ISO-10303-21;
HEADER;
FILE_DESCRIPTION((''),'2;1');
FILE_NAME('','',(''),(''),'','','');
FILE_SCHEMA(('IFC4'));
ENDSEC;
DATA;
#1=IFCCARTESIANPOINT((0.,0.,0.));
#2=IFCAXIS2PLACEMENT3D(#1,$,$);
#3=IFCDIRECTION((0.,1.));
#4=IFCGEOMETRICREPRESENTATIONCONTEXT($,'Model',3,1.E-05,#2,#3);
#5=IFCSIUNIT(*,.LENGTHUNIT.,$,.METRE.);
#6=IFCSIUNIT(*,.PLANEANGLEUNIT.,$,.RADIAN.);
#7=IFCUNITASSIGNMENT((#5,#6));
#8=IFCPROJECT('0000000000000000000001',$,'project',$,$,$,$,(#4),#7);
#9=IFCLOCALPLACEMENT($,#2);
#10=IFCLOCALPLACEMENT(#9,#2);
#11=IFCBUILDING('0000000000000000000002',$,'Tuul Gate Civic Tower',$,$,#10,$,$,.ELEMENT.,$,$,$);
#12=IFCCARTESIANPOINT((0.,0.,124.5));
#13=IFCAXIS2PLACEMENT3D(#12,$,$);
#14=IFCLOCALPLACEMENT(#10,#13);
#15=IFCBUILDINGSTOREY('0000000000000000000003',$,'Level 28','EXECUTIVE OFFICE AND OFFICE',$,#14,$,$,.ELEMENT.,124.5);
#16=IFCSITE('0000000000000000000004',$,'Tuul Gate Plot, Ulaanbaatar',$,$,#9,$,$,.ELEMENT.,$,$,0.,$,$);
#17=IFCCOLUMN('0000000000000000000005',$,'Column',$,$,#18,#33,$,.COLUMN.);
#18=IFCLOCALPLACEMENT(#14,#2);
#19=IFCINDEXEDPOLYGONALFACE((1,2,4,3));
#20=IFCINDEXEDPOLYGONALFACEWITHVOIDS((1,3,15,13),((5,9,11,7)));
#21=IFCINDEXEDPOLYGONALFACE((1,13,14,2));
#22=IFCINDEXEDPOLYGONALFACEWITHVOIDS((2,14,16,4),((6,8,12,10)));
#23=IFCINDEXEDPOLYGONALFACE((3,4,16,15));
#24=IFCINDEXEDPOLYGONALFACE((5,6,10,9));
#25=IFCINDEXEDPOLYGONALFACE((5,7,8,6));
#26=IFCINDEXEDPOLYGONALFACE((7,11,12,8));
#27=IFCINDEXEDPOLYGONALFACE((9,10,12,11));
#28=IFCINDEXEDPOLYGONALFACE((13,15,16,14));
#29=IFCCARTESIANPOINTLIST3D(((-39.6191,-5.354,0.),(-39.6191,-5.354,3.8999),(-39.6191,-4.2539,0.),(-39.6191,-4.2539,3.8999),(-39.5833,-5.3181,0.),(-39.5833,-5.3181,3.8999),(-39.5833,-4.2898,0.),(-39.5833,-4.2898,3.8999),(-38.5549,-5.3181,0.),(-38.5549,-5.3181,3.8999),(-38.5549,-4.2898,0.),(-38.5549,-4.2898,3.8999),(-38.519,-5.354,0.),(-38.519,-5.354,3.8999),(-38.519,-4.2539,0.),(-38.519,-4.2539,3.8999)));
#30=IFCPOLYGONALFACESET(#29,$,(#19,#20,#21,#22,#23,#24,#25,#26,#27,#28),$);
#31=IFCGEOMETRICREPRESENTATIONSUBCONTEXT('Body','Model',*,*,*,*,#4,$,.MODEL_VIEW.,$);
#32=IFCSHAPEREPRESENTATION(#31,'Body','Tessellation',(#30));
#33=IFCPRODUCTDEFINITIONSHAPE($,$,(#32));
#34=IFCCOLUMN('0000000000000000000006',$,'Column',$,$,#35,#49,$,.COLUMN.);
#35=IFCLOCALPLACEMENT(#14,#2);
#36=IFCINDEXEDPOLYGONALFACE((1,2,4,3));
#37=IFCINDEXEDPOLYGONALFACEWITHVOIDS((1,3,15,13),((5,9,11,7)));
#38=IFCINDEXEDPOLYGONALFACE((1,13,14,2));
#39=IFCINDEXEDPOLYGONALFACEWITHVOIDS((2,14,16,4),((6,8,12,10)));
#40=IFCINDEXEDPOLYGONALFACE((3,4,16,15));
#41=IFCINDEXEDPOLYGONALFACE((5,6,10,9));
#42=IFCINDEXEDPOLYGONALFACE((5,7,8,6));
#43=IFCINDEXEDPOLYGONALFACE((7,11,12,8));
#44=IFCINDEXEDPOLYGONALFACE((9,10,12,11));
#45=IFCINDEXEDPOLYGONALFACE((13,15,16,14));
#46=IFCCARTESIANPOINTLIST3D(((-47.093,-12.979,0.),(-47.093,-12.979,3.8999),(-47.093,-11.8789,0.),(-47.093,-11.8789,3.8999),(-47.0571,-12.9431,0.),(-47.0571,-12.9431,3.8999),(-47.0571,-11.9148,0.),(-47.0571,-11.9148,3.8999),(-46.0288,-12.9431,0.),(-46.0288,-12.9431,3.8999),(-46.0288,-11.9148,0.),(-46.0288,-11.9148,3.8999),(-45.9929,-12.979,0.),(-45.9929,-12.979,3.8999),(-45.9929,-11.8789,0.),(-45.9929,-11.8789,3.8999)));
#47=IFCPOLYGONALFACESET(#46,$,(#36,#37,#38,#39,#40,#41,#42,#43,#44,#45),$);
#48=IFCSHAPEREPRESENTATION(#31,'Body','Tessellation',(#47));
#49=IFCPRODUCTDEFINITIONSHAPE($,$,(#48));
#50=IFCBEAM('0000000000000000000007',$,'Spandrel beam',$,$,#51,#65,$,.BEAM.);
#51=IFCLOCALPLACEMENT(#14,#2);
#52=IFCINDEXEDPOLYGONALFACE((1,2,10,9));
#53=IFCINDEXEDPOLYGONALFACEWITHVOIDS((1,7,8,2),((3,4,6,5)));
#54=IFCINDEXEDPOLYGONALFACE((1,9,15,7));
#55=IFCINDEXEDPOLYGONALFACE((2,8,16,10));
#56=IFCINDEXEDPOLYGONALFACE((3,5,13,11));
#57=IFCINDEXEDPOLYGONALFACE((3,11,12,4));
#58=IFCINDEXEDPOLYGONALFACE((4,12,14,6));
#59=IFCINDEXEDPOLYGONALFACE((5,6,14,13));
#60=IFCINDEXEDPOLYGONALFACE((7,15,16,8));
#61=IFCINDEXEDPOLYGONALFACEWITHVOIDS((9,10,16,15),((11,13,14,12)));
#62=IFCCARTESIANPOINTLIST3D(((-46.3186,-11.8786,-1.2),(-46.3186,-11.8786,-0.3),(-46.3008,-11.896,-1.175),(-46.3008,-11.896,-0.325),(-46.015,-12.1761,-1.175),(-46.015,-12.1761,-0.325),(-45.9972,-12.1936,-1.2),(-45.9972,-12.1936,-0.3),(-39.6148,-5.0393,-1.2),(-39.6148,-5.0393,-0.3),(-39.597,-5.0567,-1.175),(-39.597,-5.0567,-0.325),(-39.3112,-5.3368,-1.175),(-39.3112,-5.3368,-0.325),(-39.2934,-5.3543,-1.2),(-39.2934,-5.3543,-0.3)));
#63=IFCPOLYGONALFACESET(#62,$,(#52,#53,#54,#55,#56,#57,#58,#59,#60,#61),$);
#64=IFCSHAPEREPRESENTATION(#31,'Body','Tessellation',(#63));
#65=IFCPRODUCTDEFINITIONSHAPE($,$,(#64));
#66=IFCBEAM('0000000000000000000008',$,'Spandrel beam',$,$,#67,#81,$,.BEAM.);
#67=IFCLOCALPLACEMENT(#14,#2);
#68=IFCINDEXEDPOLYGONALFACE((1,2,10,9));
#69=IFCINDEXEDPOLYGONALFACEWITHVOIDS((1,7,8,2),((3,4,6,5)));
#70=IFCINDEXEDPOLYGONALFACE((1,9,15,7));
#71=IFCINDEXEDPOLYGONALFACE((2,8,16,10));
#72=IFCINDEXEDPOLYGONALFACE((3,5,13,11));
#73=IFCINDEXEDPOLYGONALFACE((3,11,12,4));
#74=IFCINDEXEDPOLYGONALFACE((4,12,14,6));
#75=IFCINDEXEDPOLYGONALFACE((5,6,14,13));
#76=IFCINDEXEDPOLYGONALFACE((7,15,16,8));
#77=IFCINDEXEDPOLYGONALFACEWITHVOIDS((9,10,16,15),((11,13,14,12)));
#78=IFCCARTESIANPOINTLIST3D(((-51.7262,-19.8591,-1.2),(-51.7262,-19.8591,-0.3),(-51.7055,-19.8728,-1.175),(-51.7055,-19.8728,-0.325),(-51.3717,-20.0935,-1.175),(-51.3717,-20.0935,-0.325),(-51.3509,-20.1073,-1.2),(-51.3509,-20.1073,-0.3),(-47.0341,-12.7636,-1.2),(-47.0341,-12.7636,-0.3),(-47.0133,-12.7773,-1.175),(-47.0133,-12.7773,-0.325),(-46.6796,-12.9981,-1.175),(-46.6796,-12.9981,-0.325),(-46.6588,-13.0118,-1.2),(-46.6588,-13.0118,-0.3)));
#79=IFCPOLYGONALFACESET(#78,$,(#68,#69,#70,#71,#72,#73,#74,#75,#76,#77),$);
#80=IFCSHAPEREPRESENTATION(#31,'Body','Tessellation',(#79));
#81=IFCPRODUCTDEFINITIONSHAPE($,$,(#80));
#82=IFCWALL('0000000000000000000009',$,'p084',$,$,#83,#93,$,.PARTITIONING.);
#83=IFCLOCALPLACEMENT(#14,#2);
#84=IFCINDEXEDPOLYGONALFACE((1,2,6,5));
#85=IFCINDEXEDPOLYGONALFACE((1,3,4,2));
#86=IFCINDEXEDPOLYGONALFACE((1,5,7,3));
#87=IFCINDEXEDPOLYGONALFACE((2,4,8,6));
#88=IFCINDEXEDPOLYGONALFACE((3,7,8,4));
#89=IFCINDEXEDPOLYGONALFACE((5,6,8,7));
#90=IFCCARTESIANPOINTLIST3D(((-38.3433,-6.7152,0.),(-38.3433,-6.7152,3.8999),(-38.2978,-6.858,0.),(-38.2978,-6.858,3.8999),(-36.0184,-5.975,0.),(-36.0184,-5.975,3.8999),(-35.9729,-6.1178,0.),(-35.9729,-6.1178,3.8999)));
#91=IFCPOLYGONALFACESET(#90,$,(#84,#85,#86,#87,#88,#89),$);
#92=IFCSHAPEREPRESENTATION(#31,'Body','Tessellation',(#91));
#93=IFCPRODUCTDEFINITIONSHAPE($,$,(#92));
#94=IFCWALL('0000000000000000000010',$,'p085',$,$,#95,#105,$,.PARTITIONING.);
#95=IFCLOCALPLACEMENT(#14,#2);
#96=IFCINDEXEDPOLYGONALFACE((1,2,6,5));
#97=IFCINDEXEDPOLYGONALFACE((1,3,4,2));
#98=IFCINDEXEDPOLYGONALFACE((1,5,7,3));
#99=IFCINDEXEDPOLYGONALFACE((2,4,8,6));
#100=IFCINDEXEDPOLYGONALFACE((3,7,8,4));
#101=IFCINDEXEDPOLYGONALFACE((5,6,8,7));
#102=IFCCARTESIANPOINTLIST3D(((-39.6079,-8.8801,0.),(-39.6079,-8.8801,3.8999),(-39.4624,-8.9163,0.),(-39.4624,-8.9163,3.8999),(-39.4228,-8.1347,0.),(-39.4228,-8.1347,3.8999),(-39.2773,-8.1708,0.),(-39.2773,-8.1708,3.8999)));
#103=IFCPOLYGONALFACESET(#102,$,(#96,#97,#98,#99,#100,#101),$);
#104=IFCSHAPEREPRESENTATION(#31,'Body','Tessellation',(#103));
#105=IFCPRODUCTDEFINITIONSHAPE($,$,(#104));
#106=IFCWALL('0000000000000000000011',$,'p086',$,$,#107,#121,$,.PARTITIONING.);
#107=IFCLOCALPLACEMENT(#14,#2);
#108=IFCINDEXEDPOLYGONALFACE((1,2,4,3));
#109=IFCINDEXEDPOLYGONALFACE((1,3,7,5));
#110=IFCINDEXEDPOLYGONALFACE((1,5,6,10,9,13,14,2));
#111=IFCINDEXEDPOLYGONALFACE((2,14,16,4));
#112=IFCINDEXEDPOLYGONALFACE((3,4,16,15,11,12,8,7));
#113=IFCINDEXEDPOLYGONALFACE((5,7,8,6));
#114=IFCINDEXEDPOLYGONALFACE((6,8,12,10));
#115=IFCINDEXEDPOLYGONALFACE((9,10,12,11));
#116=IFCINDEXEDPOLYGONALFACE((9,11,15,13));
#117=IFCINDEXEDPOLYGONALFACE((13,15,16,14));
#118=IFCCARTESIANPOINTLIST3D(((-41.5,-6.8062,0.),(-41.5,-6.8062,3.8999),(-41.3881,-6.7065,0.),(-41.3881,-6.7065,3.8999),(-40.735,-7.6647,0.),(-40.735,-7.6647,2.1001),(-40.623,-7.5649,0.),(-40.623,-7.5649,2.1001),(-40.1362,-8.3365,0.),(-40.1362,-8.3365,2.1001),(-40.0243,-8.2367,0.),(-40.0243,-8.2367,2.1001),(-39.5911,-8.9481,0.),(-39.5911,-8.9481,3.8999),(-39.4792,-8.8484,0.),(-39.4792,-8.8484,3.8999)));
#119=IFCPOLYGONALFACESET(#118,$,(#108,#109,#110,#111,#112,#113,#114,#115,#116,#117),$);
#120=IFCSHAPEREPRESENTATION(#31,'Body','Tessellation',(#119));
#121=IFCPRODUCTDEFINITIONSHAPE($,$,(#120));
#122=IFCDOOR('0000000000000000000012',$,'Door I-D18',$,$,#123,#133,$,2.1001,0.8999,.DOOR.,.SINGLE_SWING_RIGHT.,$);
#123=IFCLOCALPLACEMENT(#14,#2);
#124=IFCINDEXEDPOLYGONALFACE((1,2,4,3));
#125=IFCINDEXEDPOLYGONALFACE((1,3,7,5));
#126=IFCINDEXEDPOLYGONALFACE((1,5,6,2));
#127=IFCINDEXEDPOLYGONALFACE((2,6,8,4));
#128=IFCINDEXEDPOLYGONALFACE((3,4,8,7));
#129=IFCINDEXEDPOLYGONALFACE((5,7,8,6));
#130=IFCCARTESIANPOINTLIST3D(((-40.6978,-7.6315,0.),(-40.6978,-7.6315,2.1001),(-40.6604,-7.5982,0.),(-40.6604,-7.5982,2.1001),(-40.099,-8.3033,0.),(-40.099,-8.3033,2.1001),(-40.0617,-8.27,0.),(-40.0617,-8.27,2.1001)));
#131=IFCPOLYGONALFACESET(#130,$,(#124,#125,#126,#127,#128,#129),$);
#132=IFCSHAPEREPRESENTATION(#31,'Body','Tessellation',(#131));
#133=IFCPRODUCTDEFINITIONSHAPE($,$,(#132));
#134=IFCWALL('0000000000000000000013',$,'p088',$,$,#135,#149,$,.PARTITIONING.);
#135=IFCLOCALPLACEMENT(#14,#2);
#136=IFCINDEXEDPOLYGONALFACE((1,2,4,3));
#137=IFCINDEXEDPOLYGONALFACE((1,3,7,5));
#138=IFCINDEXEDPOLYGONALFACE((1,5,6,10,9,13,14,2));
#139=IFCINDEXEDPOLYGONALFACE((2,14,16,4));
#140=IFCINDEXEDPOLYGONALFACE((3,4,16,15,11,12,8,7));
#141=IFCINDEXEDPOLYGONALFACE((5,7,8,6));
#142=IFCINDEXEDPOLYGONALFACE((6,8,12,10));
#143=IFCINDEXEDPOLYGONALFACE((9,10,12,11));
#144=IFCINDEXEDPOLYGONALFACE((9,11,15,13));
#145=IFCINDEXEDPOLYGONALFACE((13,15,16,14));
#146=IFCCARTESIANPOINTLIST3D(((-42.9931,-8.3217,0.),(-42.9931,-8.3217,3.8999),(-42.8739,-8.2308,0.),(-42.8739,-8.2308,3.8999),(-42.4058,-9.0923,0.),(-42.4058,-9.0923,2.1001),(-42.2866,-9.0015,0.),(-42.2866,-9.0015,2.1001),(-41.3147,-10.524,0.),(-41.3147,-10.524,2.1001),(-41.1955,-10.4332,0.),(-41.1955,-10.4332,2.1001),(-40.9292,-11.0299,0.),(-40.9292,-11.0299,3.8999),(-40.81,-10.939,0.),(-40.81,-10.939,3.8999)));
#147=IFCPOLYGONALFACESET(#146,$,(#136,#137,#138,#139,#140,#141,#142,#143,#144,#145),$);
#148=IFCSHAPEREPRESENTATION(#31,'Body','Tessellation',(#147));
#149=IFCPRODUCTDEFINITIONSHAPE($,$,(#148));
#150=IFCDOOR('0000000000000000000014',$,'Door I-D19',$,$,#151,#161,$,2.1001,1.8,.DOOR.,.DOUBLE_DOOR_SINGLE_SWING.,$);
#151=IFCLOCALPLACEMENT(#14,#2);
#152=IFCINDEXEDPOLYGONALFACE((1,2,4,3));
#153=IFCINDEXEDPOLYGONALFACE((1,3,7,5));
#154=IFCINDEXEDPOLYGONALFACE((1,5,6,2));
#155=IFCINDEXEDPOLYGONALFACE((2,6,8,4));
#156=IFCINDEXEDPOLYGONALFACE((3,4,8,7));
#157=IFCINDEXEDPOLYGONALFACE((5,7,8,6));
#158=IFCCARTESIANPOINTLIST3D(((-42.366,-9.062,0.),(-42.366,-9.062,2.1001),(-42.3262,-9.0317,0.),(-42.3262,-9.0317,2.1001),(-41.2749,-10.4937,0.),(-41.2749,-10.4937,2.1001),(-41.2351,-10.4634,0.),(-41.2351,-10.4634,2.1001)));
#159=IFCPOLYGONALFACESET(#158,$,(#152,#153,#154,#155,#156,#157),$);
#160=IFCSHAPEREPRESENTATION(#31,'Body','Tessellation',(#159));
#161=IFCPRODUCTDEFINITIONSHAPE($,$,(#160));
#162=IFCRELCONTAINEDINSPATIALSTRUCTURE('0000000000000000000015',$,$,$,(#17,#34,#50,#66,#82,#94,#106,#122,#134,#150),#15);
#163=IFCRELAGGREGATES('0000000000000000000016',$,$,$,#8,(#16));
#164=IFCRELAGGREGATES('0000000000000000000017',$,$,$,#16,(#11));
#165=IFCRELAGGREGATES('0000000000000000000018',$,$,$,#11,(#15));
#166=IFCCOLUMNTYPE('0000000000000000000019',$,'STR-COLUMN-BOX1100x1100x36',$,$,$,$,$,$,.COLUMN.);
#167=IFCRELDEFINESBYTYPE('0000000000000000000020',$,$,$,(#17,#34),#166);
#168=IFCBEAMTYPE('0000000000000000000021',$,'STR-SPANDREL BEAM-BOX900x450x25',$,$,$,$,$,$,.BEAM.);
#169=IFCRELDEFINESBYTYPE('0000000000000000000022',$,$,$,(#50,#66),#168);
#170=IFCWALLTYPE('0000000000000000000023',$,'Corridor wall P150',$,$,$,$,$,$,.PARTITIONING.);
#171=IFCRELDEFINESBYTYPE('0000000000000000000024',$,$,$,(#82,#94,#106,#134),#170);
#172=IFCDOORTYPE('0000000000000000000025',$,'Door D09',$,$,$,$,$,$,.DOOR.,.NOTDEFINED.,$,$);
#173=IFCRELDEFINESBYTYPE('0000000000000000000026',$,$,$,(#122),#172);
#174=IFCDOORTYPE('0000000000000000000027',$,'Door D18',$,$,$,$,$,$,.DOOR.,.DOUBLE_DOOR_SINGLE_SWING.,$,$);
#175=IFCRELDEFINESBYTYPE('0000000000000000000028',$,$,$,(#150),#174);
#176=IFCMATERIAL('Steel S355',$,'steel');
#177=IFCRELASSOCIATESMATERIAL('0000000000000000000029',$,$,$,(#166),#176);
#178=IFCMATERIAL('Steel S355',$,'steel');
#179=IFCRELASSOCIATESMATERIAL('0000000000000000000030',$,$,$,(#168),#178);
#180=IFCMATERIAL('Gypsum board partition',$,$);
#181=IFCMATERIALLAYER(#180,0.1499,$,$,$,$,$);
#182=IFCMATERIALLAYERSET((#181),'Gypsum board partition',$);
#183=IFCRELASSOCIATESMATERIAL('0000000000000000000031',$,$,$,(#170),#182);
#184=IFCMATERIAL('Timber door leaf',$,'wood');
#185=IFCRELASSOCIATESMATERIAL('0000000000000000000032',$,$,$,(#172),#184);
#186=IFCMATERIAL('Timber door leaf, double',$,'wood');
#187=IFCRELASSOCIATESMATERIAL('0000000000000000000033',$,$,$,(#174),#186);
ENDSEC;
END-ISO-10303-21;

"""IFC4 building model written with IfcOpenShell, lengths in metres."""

from ifc_helpers import new_model, si_unit, direction, frame, frame_2d, origin, origin_2d, place, context, subcontext, project, spatial, rectangle, hollow_rectangle, extrude, material, layer, layer_set, material_profile, profile_set, type_object, element, fill, save


model = new_model("IFC4")

# Units and contexts
model_context = context("Model", 3, precision=1e-05, world=origin(), true_north=direction((0.0, 1.0)))
body_context = subcontext(model_context, "Body", "Model", "MODEL_VIEW")
ifc_project = project(units=[si_unit("LENGTHUNIT", "METRE"), si_unit("PLANEANGLEUNIT", "RADIAN")], contexts=[model_context])

# Site, building, storey
site_placement = place(None, origin())
site = spatial("IfcSite", under=ifc_project, at=site_placement, Name="Tuul Gate Plot, Ulaanbaatar", CompositionType="ELEMENT", RefElevation=0.0)
building_placement = place(site_placement, origin())
building = spatial("IfcBuilding", under=site, at=building_placement, Name="Tuul Gate Civic Tower", CompositionType="ELEMENT")
storey_placement = place(building_placement, frame((0.0, 0.0, 124.5)))
storey = spatial("IfcBuildingStorey", under=building, at=storey_placement, Name="Level 28", Description="EXECUTIVE OFFICE AND OFFICE", CompositionType="ELEMENT", Elevation=124.5)

# Columns
ifc_material_1 = material(Name="Steel S355", Category="steel")
ifc_material_profile_1 = material_profile(ifc_material_1, hollow_rectangle(XDim=1.1001, YDim=1.1001, WallThickness=0.0359, at=origin_2d()), Name="BOX1100x1100x36")
ifc_profile_set_1 = profile_set([ifc_material_profile_1], Name="Steel S355")
column_type = type_object("IfcColumnType", Name="STR-COLUMN-BOX1100x1100x36", PredefinedType="COLUMN", material=ifc_profile_set_1)
for number, where, z_axis, x_axis, name in (
    (1, (-39.0691, -4.804, 0.0), (0.0, 0.0, 1.0), (1.0, 0.0, 0.0), "Column"),
    (2, (-46.543, -12.429, 0.0), (0.0, 0.0, 1.0), (1.0, 0.0, 0.0), "Column"),
):
    element("IfcColumn", number, at=place(storey_placement, frame(where, z_axis=z_axis, x_axis=x_axis)), inside=storey, type_object=column_type, Name=name, PredefinedType="COLUMN", context=body_context, shape_type="SweptSolid", body=[
        extrude(hollow_rectangle(XDim=1.1001, YDim=1.1001, WallThickness=0.0359, at=origin_2d()), origin(), (0.0, 0.0, 1.0), 3.8999),
    ])

# Beams
ifc_material_2 = material(Name="Steel S355", Category="steel")
ifc_material_profile_2 = material_profile(ifc_material_2, hollow_rectangle(XDim=0.45, YDim=0.8999, WallThickness=0.0249, at=origin_2d()), Name="BOX900x450x25")
ifc_profile_set_2 = profile_set([ifc_material_profile_2], Name="Steel S355")
beam_type = type_object("IfcBeamType", Name="STR-SPANDREL BEAM-BOX900x450x25", PredefinedType="BEAM", material=ifc_profile_set_2)
beam_1_placement = place(storey_placement, frame((-39.4541, -5.1968, -0.75), z_axis=(-0.699997, -0.714146, 0.0), x_axis=(0.714146, -0.699997, 0.0)))
element("IfcBeam", 3, at=beam_1_placement, inside=storey, type_object=beam_type, Name="Spandrel beam", PredefinedType="BEAM", context=body_context, shape_type="SweptSolid", body=[
    extrude(hollow_rectangle(XDim=0.45, YDim=0.8999, WallThickness=0.0249, at=origin_2d()), origin(), (0.0, 0.0, 1.0), 9.5769),
])
beam_2_placement = place(storey_placement, frame((-46.8464, -12.8877, -0.75), z_axis=(-0.55159, -0.834115, 0.0), x_axis=(0.834115, -0.55159, 0.0)))
element("IfcBeam", 4, at=beam_2_placement, inside=storey, type_object=beam_type, Name="Spandrel beam", PredefinedType="BEAM", context=body_context, shape_type="SweptSolid", body=[
    extrude(hollow_rectangle(XDim=0.45, YDim=0.8999, WallThickness=0.0249, at=origin_2d()), origin(), (0.0, 0.0, 1.0), 8.5066),
])

# Walls
ifc_material_3 = material(Name="Gypsum board partition")
ifc_layer_1 = layer(ifc_material_3, 0.1499)
ifc_layer_set_1 = layer_set([ifc_layer_1], Name="Gypsum board partition")
wall_type_1 = type_object("IfcWallType", Name="Corridor wall P150", PredefinedType="PARTITIONING", material=ifc_layer_set_1)
wall_1_placement = place(storey_placement, frame((-38.3206, -6.7866, 0.0), z_axis=(0.0, 0.0, 1.0), x_axis=(0.952869, 0.303381, 0.0)))
element("IfcWall", 5, at=wall_1_placement, inside=storey, type_object=wall_type_1, Name="p084", PredefinedType="PARTITIONING", context=body_context, shape_type="SweptSolid", body=[
    extrude(rectangle(XDim=2.4399, YDim=0.1499, at=frame_2d((1.22, 0.0))), origin(), (0.0, 0.0, 1.0), 3.8999),
])
wall_2_placement = place(storey_placement, frame((-39.5352, -8.8982, 0.0), z_axis=(0.0, 0.0, 1.0), x_axis=(0.240965, 0.970534, 0.0)))
element("IfcWall", 6, at=wall_2_placement, inside=storey, type_object=wall_type_1, Name="p085", PredefinedType="PARTITIONING", context=body_context, shape_type="SweptSolid", body=[
    extrude(rectangle(XDim=0.7681, YDim=0.1499, at=frame_2d((0.384, 0.0))), origin(), (0.0, 0.0, 1.0), 3.8999),
])

# Walls, openings, doors
wall_3_placement = place(storey_placement, frame((-41.4441, -6.7563, 0.0), z_axis=(0.0, 0.0, 1.0), x_axis=(0.665351, -0.746531, 0.0)))
wall_3 = element("IfcWall", 7, at=wall_3_placement, inside=storey, type_object=wall_type_1, Name="p086", PredefinedType="PARTITIONING", context=body_context, shape_type="SweptSolid", body=[
    extrude(rectangle(XDim=2.8691, YDim=0.1499, at=frame_2d((1.4346, 0.0))), origin(), (0.0, 0.0, 1.0), 3.8999),
])
opening_1_placement = place(wall_3_placement, frame((1.1499, 0.0, 0.0)))
opening_1 = element("IfcOpeningElement", 8, at=opening_1_placement, cuts=wall_3, PredefinedType="OPENING", context=body_context, shape_type="SweptSolid", body=[
    extrude(rectangle(XDim=0.8999, YDim=2.1001, at=frame_2d((0.45, 1.05))), frame((0.0, 0.085, 0.0), z_axis=(0.0, -1.0, 0.0), x_axis=(1.0, 0.0, 0.0)), (0.0, 0.0, 1.0), 0.1699),
])
ifc_material_4 = material(Name="Timber door leaf", Category="wood")
door_type_1 = type_object("IfcDoorType", Name="Door D09", OperationType="NOTDEFINED", PredefinedType="DOOR", material=ifc_material_4)
door_1_placement = place(opening_1_placement, origin())
door_1 = element("IfcDoor", 9, at=door_1_placement, inside=storey, type_object=door_type_1, Name="Door I-D18", OperationType="SINGLE_SWING_RIGHT", OverallHeight=2.1001, OverallWidth=0.8999, PredefinedType="DOOR", context=body_context, shape_type="SweptSolid", body=[
    extrude(rectangle(XDim=0.8999, YDim=2.1001, at=frame_2d((0.45, 1.05))), frame((0.0, 0.0249, 0.0), z_axis=(0.0, -1.0, 0.0), x_axis=(1.0, 0.0, 0.0)), (0.0, 0.0, 1.0), 0.05),
])
fill(opening_1, door_1)
wall_4_placement = place(storey_placement, frame((-42.9336, -8.2761, 0.0), z_axis=(0.0, 0.0, 1.0), x_axis=(0.606143, -0.795356, 0.0)))
wall_4 = element("IfcWall", 10, at=wall_4_placement, inside=storey, type_object=wall_type_1, Name="p088", PredefinedType="PARTITIONING", context=body_context, shape_type="SweptSolid", body=[
    extrude(rectangle(XDim=3.405, YDim=0.1499, at=frame_2d((1.7026, 0.0))), origin(), (0.0, 0.0, 1.0), 3.8999),
])
opening_2_placement = place(wall_4_placement, frame((0.9692, 0.0, 0.0)))
opening_2 = element("IfcOpeningElement", 11, at=opening_2_placement, cuts=wall_4, PredefinedType="OPENING", context=body_context, shape_type="SweptSolid", body=[
    extrude(rectangle(XDim=1.8, YDim=2.1001, at=frame_2d((0.8999, 1.05))), frame((0.0, 0.085, 0.0), z_axis=(0.0, -1.0, 0.0), x_axis=(1.0, 0.0, 0.0)), (0.0, 0.0, 1.0), 0.1699),
])
ifc_material_5 = material(Name="Timber door leaf, double", Category="wood")
door_type_2 = type_object("IfcDoorType", Name="Door D18", OperationType="DOUBLE_DOOR_SINGLE_SWING", PredefinedType="DOOR", material=ifc_material_5)
door_2_placement = place(opening_2_placement, frame((1.8, 0.0, 0.0), z_axis=(0.0, 0.0, 1.0), x_axis=(-1.0, 0.0, 0.0)))
door_2 = element("IfcDoor", 12, at=door_2_placement, inside=storey, type_object=door_type_2, Name="Door I-D19", OperationType="DOUBLE_DOOR_SINGLE_SWING", OverallHeight=2.1001, OverallWidth=1.8, PredefinedType="DOOR", context=body_context, shape_type="SweptSolid", body=[
    extrude(rectangle(XDim=1.8, YDim=2.1001, at=frame_2d((0.9001, 1.05))), frame((0.0, 0.0249, 0.0), z_axis=(0.0, -1.0, 0.0), x_axis=(1.0, 0.0, 0.0)), (0.0, 0.0, 1.0), 0.05),
])
fill(opening_2, door_2)

save(model, "model.ifc")
